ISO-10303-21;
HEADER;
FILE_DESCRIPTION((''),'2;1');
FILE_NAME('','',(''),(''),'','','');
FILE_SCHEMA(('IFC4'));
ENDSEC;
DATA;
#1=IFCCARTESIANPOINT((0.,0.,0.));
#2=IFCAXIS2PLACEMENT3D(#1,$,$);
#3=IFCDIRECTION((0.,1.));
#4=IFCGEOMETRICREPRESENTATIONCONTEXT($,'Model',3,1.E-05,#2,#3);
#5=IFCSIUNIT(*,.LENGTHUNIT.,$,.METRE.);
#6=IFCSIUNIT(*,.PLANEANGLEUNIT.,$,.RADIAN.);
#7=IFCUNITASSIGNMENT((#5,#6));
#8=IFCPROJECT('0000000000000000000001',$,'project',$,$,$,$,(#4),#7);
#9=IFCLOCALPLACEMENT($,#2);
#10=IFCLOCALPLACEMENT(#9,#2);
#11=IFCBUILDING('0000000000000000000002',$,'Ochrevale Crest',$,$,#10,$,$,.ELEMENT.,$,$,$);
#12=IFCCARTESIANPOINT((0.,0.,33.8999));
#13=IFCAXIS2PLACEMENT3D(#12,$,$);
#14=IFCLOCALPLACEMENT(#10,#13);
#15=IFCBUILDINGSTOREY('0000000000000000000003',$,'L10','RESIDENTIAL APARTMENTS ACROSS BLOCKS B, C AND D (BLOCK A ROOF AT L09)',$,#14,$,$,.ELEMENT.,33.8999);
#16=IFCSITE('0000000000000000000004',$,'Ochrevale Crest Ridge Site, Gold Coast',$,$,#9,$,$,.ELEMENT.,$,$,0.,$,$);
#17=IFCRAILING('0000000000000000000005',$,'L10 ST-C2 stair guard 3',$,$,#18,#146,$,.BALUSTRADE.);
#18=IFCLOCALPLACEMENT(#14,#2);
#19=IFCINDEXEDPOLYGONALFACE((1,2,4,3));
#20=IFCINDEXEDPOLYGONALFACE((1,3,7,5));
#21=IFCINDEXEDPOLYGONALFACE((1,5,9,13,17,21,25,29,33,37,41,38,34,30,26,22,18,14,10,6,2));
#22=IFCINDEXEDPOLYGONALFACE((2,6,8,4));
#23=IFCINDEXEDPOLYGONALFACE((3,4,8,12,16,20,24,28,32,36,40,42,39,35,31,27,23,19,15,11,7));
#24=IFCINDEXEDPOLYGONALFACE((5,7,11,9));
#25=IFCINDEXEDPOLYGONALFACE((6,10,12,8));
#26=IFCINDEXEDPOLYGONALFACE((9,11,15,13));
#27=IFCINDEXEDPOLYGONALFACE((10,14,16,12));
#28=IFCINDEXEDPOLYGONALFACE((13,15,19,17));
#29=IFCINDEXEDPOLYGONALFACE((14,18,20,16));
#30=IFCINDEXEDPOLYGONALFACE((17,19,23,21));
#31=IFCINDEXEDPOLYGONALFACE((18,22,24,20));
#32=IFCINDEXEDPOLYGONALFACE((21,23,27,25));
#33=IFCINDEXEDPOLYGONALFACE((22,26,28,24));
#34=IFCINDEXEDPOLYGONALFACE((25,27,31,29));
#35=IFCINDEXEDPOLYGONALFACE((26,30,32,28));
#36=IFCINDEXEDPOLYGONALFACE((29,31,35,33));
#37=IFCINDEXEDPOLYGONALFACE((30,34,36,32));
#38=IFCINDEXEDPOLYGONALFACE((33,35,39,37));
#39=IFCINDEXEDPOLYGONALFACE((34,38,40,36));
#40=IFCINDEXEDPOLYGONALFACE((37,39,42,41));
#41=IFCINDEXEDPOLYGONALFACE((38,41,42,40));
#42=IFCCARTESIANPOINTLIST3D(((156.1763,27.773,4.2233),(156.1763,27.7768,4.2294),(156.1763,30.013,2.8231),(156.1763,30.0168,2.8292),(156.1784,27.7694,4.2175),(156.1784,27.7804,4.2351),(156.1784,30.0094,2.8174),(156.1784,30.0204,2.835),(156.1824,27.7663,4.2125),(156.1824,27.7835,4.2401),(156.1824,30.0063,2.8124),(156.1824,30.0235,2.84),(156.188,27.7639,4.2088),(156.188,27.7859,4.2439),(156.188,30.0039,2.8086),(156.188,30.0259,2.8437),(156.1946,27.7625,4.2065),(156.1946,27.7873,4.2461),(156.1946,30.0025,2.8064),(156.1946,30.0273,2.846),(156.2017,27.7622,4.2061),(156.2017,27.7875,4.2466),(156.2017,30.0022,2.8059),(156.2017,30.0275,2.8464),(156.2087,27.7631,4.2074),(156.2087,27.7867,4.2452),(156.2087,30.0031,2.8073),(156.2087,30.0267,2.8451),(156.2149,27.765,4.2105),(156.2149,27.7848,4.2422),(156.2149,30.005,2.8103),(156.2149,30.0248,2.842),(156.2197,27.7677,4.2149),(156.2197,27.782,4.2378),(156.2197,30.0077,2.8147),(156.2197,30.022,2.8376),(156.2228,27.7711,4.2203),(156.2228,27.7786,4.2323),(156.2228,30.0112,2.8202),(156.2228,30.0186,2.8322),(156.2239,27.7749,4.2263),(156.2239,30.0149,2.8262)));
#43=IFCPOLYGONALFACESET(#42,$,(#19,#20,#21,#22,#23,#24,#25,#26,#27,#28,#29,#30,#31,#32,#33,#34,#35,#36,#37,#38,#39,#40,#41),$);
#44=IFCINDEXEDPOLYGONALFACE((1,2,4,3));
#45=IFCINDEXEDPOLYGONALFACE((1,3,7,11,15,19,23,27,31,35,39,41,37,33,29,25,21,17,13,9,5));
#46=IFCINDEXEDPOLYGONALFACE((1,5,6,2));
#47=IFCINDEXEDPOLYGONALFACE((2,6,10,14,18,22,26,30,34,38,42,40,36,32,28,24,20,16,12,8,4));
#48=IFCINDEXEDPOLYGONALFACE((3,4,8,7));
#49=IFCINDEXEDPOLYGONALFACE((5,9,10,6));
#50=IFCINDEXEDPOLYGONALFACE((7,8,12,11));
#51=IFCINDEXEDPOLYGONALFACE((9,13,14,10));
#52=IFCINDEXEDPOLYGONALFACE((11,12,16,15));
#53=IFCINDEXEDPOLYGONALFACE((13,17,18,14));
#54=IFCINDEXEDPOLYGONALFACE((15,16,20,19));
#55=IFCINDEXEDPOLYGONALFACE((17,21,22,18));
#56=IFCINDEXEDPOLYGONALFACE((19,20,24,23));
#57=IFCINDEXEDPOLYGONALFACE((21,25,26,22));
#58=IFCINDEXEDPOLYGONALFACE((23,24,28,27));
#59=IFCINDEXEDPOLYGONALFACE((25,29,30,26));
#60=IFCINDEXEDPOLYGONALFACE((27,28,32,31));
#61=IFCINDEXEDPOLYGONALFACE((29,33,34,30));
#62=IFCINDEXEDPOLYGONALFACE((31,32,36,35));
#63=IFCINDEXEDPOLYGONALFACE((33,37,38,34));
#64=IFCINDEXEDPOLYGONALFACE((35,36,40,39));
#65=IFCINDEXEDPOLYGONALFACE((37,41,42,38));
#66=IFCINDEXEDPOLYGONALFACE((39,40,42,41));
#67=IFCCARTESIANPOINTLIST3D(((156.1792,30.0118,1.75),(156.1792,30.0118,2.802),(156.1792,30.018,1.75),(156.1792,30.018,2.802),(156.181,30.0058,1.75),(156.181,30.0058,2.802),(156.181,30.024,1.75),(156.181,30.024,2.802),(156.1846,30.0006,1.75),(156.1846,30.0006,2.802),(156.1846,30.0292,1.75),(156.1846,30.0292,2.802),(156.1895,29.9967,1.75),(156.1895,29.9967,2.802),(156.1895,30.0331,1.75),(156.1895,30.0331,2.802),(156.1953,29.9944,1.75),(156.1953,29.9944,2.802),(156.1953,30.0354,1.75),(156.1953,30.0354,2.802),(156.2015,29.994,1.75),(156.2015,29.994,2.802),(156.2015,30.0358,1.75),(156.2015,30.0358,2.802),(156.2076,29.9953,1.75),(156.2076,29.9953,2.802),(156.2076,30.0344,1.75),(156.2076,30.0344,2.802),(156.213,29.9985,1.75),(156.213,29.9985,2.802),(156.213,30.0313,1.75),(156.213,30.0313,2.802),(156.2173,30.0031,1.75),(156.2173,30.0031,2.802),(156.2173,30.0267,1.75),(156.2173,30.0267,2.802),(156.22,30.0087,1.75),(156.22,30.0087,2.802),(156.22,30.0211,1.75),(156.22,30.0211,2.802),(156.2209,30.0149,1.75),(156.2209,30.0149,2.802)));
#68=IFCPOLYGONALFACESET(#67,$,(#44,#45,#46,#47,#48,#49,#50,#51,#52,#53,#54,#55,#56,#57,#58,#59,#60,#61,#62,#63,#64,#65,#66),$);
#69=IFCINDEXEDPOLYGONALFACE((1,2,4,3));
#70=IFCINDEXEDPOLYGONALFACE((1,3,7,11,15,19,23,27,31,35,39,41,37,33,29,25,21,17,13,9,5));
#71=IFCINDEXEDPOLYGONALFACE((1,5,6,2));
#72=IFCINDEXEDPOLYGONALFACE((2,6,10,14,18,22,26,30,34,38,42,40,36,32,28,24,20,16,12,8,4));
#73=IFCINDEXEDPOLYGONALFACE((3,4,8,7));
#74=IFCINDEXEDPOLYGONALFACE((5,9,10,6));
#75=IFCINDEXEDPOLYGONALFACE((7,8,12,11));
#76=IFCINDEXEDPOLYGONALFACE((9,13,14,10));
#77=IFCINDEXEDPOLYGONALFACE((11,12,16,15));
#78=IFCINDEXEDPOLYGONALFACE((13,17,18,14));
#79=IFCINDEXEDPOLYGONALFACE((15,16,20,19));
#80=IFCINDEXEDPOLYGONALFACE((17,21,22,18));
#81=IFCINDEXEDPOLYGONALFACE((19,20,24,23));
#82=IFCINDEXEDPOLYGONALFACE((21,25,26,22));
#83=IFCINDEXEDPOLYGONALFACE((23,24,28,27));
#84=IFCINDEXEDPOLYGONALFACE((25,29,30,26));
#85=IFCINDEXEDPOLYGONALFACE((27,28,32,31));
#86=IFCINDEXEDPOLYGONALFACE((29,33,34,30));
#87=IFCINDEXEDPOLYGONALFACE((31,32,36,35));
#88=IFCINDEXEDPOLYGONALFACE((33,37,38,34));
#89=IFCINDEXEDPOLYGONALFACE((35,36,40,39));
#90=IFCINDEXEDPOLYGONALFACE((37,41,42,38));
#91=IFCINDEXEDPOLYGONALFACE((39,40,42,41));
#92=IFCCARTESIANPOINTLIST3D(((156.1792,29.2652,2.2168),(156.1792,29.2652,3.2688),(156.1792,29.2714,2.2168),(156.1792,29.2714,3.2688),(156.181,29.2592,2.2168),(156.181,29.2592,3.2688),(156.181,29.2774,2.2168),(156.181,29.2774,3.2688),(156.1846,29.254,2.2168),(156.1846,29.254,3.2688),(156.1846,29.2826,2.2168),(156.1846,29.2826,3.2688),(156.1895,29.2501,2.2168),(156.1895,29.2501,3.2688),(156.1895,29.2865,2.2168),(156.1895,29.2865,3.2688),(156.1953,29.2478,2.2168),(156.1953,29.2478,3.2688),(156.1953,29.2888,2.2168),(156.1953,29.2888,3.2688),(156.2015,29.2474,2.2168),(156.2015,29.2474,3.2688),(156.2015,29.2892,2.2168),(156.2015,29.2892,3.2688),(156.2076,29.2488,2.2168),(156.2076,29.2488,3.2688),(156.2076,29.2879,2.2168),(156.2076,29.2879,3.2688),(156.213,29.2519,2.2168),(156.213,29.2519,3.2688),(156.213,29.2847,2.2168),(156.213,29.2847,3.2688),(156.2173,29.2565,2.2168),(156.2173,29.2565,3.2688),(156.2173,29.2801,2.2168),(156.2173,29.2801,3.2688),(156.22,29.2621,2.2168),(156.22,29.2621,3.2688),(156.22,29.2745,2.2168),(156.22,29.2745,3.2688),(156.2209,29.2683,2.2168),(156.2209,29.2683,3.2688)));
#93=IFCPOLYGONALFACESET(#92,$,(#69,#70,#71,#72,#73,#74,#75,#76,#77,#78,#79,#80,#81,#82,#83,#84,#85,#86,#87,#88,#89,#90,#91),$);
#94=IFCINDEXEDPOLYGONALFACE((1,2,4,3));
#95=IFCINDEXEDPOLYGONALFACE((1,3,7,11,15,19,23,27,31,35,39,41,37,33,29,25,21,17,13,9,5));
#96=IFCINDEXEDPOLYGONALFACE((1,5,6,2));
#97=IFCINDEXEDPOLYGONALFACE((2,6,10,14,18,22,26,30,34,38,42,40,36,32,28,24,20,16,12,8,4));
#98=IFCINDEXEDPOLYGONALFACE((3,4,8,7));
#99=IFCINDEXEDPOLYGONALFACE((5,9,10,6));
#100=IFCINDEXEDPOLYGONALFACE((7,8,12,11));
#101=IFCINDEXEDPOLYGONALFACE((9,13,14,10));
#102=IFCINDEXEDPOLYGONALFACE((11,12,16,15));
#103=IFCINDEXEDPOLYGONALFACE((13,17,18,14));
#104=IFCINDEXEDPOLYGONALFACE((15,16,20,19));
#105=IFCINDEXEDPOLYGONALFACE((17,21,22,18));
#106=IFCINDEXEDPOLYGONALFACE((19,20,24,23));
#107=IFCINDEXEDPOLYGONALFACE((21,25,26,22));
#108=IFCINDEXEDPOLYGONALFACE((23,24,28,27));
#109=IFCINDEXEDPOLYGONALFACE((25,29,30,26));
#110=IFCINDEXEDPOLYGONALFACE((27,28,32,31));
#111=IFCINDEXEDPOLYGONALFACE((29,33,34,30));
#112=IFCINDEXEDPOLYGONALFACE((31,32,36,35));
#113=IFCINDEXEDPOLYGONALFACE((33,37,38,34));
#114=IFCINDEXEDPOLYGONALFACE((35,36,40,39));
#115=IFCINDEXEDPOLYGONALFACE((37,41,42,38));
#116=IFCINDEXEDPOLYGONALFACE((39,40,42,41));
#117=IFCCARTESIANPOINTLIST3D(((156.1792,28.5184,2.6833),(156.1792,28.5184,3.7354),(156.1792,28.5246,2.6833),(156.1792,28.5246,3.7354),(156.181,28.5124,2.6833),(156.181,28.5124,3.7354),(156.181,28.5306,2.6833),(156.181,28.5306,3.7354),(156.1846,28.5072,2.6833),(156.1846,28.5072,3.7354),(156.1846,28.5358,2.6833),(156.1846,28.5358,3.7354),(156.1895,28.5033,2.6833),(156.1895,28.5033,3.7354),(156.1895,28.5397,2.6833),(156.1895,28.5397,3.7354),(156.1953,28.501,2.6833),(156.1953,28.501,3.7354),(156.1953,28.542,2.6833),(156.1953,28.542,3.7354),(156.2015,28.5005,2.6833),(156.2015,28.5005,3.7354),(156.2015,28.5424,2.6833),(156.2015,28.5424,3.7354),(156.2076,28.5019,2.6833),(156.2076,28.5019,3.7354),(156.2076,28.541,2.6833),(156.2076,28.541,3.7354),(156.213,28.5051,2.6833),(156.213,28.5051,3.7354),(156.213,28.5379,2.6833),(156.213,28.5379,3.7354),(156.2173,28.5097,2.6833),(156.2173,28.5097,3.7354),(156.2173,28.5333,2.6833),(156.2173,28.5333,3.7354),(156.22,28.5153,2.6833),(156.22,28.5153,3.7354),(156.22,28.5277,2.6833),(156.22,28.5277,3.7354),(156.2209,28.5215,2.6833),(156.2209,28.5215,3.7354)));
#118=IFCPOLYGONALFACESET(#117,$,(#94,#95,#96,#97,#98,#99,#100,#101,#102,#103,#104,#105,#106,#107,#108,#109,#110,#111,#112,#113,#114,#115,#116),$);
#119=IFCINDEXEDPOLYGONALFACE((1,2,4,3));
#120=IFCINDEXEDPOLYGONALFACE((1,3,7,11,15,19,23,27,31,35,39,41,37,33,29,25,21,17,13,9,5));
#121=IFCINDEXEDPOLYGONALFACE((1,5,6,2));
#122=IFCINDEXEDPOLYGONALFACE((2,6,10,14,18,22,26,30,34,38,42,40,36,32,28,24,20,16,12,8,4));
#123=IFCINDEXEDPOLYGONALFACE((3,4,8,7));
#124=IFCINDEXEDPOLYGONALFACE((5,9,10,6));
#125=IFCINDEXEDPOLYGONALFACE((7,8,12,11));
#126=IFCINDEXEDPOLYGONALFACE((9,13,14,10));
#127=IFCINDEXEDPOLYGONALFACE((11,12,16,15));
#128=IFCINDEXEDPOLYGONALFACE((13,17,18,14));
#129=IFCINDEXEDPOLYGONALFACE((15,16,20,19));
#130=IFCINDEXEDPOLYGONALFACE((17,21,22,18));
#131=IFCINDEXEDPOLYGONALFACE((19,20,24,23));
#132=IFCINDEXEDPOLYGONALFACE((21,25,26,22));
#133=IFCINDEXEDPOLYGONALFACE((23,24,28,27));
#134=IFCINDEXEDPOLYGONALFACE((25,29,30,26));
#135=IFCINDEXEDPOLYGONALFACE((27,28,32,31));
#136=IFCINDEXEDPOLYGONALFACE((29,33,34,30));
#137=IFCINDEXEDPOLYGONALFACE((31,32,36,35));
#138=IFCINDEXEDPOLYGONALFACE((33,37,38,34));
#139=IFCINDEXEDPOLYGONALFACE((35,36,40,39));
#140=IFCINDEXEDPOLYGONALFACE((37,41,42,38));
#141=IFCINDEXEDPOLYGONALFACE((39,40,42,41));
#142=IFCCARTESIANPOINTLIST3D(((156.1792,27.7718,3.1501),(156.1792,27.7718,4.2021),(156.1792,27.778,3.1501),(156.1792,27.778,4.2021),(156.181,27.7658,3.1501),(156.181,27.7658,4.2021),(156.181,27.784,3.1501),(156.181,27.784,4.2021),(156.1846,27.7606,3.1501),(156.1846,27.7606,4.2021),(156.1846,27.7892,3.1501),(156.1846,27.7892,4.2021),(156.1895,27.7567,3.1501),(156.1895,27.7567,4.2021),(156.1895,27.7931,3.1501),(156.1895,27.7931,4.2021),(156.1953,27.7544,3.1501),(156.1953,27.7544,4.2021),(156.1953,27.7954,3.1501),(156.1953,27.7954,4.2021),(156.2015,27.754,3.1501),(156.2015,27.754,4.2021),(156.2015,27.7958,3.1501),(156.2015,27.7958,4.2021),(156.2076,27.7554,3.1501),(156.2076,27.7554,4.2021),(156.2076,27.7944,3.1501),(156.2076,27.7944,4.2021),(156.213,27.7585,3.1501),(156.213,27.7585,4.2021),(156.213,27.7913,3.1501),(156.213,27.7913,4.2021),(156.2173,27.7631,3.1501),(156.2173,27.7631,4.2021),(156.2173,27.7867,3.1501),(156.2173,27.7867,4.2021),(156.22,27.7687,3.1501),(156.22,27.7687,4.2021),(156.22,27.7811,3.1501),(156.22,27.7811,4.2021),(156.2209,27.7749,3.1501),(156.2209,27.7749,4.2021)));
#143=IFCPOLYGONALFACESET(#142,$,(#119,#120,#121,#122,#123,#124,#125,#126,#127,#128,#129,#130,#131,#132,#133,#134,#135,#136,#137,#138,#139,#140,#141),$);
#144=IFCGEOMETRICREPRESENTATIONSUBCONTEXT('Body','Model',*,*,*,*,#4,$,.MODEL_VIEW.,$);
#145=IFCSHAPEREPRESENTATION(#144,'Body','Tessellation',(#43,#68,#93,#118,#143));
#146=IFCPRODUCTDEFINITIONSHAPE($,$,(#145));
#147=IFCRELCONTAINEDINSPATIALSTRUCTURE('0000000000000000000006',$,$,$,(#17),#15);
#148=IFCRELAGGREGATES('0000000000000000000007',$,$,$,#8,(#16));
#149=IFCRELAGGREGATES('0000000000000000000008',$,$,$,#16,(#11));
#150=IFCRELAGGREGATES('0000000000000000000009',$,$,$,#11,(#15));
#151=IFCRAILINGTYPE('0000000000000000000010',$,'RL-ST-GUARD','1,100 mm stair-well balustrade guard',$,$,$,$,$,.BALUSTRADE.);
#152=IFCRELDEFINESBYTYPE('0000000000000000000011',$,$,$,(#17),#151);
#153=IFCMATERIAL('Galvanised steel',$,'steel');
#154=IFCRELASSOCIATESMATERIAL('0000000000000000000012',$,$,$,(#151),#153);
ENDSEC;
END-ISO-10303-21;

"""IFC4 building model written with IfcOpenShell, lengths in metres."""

from ifc_helpers import new_model, si_unit, direction, frame, origin, origin_2d, place, context, subcontext, project, spatial, circle, extrude, material, type_object, element, save


model = new_model("IFC4")

# Units and contexts
model_context = context("Model", 3, precision=1e-05, world=origin(), true_north=direction((0.0, 1.0)))
body_context = subcontext(model_context, "Body", "Model", "MODEL_VIEW")
ifc_project = project(units=[si_unit("LENGTHUNIT", "METRE"), si_unit("PLANEANGLEUNIT", "RADIAN")], contexts=[model_context])

# Site, building, storey
site_placement = place(None, origin())
site = spatial("IfcSite", under=ifc_project, at=site_placement, Name="Ochrevale Crest Ridge Site, Gold Coast", CompositionType="ELEMENT", RefElevation=0.0)
building_placement = place(site_placement, origin())
building = spatial("IfcBuilding", under=site, at=building_placement, Name="Ochrevale Crest", CompositionType="ELEMENT")
storey_placement = place(building_placement, frame((0.0, 0.0, 33.8999)))
storey = spatial("IfcBuildingStorey", under=building, at=storey_placement, Name="L10", Description="RESIDENTIAL APARTMENTS ACROSS BLOCKS B, C AND D (BLOCK A ROOF AT L09)", CompositionType="ELEMENT", Elevation=33.8999)

# Railing
ifc_material_1 = material(Name="Galvanised steel", Category="steel")
railing_type_1 = type_object("IfcRailingType", Name="RL-ST-GUARD", Description="1,100 mm stair-well balustrade guard", PredefinedType="BALUSTRADE", material=ifc_material_1)
railing_1_placement = place(storey_placement, frame((156.2, 30.0149, 1.75)))
element("IfcRailing", 1, at=railing_1_placement, inside=storey, type_object=railing_type_1, Name="L10 ST-C2 stair guard 3", PredefinedType="BALUSTRADE", context=body_context, shape_type="SweptSolid", body=[
    extrude(circle(Radius=0.0239, at=origin_2d()), frame((0.0, 0.0, 1.0762), z_axis=(0.0, -0.847972, 0.53004), x_axis=(1.0, 0.0, 0.0)), (0.0, 0.0, 1.0), 2.6416),
    extrude(circle(Radius=0.021, at=origin_2d()), origin(), (0.0, 0.0, 1.0), 1.052),
    extrude(circle(Radius=0.021, at=origin_2d()), frame((0.0, -0.7466, 0.4668)), (0.0, 0.0, 1.0), 1.052),
    extrude(circle(Radius=0.021, at=origin_2d()), frame((0.0, -1.4934, 0.9333)), (0.0, 0.0, 1.0), 1.052),
    extrude(circle(Radius=0.021, at=origin_2d()), frame((0.0, -2.24, 1.4001)), (0.0, 0.0, 1.0), 1.052),
])

save(model, "model.ifc")
